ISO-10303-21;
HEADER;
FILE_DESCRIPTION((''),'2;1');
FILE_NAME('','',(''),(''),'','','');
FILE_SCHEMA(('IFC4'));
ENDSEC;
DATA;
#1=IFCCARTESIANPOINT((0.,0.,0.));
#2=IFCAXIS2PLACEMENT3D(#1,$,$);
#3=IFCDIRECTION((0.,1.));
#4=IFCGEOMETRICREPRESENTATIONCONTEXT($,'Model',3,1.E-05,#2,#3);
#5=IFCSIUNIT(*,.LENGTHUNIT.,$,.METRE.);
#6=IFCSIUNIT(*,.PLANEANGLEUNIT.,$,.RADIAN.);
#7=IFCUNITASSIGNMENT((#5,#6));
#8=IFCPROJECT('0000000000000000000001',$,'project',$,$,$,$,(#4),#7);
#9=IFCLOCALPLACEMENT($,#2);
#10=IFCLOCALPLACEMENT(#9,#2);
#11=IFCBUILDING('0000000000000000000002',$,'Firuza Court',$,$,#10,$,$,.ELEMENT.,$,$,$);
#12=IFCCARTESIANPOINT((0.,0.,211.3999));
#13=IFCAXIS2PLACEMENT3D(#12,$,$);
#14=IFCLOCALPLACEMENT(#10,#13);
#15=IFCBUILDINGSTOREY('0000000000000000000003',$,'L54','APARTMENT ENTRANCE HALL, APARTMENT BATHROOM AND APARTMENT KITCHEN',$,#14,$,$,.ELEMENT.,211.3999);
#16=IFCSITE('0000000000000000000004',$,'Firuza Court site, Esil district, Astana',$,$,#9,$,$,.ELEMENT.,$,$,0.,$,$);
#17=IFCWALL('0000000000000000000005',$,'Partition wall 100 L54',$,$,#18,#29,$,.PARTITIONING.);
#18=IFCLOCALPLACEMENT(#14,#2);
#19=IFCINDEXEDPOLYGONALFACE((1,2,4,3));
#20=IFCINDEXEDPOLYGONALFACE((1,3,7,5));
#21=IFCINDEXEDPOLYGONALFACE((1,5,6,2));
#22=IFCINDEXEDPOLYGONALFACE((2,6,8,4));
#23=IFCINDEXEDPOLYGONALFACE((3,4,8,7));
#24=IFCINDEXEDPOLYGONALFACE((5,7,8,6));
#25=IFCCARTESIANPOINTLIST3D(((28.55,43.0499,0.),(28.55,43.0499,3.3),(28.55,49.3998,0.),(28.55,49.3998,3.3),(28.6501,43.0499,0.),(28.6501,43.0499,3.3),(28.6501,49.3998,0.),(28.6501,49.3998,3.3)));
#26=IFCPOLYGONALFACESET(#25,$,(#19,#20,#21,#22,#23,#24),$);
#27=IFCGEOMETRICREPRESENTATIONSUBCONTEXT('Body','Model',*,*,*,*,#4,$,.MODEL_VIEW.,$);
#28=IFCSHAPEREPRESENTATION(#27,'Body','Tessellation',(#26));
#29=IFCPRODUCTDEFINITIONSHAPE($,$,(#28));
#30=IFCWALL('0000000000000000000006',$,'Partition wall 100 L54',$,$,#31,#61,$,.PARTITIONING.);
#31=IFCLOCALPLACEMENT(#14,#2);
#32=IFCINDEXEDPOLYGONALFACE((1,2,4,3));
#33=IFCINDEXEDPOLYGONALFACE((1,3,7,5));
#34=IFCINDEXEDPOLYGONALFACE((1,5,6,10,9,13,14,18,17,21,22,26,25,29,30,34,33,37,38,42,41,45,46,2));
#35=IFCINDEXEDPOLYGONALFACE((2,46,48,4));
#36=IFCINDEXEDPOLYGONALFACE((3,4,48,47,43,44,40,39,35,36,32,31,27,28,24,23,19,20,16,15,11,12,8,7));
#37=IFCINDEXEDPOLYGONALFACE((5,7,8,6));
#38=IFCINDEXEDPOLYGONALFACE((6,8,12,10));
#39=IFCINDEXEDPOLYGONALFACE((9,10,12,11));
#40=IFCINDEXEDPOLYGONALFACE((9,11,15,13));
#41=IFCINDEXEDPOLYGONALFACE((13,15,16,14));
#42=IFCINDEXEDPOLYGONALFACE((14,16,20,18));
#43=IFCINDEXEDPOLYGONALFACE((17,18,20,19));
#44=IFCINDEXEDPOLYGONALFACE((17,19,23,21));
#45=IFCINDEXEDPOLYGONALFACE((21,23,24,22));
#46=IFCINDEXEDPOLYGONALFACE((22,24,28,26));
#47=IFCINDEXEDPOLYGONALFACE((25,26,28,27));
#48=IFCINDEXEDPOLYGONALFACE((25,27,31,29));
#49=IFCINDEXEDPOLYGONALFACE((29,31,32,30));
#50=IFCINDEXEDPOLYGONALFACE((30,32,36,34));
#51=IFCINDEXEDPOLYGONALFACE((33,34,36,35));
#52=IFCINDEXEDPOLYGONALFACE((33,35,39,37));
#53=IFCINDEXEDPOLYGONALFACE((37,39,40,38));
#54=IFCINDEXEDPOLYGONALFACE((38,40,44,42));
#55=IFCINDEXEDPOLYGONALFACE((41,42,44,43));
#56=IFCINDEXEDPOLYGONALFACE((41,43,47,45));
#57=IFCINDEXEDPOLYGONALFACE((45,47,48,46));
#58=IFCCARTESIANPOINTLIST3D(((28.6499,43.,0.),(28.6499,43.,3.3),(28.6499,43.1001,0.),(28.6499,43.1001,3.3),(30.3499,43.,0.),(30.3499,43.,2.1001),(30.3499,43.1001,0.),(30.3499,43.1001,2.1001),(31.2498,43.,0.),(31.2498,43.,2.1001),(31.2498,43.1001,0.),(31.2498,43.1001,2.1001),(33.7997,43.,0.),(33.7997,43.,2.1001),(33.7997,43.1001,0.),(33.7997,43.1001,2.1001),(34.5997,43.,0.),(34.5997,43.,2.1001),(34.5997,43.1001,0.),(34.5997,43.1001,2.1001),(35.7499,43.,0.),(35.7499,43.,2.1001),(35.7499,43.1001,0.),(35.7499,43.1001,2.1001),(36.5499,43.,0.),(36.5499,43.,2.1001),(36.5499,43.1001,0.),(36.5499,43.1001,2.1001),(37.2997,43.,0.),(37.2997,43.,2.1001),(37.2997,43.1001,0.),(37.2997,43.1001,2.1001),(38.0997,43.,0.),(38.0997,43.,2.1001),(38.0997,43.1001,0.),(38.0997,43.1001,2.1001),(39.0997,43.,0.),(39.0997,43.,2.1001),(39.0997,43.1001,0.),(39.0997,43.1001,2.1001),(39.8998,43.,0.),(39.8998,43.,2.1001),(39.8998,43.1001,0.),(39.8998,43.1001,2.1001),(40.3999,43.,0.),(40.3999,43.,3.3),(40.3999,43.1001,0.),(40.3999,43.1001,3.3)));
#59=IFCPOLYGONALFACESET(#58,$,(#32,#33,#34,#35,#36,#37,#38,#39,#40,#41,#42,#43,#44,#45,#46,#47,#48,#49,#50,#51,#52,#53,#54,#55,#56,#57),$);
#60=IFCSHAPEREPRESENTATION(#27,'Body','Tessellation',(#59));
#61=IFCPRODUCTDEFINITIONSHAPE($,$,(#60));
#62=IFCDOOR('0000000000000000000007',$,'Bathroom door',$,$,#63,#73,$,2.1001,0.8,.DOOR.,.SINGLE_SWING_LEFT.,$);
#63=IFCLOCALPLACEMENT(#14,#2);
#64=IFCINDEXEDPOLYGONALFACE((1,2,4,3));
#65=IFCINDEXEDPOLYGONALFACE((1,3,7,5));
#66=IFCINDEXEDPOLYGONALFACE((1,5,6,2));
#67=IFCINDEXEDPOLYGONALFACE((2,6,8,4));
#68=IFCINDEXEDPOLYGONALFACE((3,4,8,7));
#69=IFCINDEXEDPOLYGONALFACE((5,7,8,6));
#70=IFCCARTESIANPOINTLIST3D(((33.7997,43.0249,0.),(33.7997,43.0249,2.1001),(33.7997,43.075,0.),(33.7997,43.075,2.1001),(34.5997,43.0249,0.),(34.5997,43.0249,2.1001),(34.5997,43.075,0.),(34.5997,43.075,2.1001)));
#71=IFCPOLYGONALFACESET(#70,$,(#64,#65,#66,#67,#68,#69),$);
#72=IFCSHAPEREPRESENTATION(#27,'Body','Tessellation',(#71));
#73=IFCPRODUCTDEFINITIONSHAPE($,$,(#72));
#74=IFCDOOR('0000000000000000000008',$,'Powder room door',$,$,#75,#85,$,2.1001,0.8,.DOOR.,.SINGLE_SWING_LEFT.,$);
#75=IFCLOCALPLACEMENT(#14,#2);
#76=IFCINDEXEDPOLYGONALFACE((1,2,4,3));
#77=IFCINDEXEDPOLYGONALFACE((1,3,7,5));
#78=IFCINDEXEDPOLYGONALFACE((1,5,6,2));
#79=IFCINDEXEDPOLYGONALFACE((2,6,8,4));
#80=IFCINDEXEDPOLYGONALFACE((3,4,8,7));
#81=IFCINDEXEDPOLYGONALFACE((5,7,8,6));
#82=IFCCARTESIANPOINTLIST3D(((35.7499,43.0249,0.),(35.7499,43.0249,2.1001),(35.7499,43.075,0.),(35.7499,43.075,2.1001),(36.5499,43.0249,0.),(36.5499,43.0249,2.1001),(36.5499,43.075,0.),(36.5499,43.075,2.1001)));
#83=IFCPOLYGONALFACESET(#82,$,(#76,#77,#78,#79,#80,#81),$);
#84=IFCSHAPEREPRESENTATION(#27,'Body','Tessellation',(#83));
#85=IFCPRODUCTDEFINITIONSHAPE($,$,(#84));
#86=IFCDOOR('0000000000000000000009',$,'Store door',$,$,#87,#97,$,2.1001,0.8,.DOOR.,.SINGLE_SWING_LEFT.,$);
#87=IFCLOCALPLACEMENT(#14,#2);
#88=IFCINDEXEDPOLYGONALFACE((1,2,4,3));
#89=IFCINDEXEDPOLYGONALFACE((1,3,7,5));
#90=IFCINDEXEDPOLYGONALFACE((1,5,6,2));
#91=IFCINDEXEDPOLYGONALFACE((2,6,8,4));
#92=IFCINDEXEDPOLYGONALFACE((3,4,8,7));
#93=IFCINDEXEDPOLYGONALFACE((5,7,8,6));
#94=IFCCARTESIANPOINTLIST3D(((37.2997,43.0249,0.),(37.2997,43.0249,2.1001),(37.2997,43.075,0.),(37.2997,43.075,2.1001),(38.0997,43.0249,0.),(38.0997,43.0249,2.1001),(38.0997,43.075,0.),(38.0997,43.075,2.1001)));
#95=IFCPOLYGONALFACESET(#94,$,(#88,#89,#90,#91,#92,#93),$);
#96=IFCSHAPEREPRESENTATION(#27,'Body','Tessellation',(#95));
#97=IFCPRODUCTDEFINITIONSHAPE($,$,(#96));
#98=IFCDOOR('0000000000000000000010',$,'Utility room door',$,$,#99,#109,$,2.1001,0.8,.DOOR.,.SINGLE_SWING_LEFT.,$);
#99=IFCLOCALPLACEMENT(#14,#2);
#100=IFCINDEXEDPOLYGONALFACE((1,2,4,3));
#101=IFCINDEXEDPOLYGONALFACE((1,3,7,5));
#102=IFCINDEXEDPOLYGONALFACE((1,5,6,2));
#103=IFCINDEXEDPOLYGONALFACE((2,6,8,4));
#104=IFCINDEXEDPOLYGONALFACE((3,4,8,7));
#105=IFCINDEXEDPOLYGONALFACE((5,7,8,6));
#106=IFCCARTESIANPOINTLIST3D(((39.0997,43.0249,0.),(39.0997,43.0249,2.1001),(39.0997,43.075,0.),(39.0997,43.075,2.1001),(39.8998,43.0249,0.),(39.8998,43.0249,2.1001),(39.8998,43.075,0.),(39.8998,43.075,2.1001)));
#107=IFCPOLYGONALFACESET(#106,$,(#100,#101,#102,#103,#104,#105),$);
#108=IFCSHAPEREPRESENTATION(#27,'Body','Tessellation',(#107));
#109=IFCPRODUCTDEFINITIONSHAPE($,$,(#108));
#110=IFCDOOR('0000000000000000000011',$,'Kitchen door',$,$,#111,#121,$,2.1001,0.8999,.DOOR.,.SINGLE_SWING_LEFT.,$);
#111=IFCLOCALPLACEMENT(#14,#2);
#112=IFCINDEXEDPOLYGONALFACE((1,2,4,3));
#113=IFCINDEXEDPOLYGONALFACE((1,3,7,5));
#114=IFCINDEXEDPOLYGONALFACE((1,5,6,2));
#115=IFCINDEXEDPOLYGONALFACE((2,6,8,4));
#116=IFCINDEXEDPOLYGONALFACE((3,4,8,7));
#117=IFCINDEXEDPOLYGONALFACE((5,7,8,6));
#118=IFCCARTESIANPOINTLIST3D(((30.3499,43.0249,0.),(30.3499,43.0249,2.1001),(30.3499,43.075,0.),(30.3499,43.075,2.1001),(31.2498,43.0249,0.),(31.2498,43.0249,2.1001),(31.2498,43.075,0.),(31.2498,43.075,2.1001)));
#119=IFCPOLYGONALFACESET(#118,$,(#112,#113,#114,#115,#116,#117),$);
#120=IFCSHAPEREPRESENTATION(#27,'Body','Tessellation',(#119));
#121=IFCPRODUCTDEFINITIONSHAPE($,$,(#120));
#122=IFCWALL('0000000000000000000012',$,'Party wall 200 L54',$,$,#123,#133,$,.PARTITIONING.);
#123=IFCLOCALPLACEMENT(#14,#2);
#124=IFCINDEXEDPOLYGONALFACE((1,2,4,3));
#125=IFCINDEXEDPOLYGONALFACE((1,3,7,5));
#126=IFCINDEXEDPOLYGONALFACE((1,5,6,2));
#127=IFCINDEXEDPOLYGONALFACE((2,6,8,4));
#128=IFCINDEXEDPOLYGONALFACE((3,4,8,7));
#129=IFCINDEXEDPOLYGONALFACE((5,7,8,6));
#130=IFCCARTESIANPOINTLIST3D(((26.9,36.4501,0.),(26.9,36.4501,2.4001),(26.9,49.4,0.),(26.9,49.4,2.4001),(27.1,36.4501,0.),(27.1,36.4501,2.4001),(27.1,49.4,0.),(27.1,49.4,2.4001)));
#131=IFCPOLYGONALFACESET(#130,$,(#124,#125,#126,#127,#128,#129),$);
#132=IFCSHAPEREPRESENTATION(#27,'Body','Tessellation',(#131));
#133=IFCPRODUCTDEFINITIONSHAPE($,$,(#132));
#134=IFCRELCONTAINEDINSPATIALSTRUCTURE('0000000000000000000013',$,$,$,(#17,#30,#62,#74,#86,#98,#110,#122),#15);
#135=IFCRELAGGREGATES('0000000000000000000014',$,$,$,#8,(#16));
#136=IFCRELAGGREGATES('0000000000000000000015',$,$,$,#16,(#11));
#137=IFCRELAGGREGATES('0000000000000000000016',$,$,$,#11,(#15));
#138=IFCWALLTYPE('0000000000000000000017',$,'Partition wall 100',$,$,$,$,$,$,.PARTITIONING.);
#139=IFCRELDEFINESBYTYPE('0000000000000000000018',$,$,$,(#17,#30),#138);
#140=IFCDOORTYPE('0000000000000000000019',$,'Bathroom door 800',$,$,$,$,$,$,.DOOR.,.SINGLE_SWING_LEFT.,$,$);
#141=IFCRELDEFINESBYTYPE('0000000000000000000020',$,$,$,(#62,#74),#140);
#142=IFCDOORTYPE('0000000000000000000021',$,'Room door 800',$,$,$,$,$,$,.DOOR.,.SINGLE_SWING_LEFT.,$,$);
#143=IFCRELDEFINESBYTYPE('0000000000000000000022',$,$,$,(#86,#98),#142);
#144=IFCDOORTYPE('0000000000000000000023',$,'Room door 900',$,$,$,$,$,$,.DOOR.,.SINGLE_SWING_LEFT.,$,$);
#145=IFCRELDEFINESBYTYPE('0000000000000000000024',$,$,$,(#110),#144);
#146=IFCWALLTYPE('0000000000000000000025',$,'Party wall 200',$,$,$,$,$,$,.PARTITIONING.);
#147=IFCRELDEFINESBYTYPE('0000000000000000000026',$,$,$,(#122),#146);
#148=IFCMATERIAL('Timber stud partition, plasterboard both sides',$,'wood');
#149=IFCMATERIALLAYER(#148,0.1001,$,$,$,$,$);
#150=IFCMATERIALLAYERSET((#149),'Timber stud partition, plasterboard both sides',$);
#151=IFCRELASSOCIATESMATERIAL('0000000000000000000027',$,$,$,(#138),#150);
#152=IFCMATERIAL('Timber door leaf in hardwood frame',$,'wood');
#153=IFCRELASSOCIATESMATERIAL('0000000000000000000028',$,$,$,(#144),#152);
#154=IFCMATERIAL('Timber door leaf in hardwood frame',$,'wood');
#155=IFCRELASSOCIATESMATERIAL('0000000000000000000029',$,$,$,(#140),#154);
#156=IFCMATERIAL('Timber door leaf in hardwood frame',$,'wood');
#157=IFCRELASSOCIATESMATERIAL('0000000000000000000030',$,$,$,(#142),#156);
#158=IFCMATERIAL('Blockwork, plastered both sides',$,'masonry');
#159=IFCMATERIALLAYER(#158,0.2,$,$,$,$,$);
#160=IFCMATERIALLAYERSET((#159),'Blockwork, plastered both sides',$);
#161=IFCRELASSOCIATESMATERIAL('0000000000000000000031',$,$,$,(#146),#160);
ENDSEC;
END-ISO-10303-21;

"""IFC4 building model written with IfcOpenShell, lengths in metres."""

from ifc_helpers import new_model, si_unit, direction, frame, frame_2d, origin, place, context, subcontext, project, spatial, rectangle, extrude, material, layer, layer_set, type_object, element, fill, save


model = new_model("IFC4")

# Units and contexts
model_context = context("Model", 3, precision=1e-05, world=origin(), true_north=direction((0.0, 1.0)))
body_context = subcontext(model_context, "Body", "Model", "MODEL_VIEW")
ifc_project = project(units=[si_unit("LENGTHUNIT", "METRE"), si_unit("PLANEANGLEUNIT", "RADIAN")], contexts=[model_context])

# Site, building, storey
site_placement = place(None, origin())
site = spatial("IfcSite", under=ifc_project, at=site_placement, Name="Firuza Court site, Esil district, Astana", CompositionType="ELEMENT", RefElevation=0.0)
building_placement = place(site_placement, origin())
building = spatial("IfcBuilding", under=site, at=building_placement, Name="Firuza Court", CompositionType="ELEMENT")
storey_placement = place(building_placement, frame((0.0, 0.0, 211.3999)))
storey = spatial("IfcBuildingStorey", under=building, at=storey_placement, Name="L54", Description="APARTMENT ENTRANCE HALL, APARTMENT BATHROOM AND APARTMENT KITCHEN", CompositionType="ELEMENT", Elevation=211.3999)

# Shared definitions
ifc_material_1 = material(Name="Timber stud partition, plasterboard both sides", Category="wood")
ifc_layer_1 = layer(ifc_material_1, 0.1001)
ifc_layer_set_1 = layer_set([ifc_layer_1], Name="Timber stud partition, plasterboard both sides")
wall_type_1 = type_object("IfcWallType", Name="Partition wall 100", PredefinedType="PARTITIONING", material=ifc_layer_set_1)
ifc_material_2 = material(Name="Timber door leaf in hardwood frame", Category="wood")
door_type_1 = type_object("IfcDoorType", Name="Room door 900", OperationType="SINGLE_SWING_LEFT", PredefinedType="DOOR", material=ifc_material_2)

# Wall
wall_1_placement = place(storey_placement, frame((28.6001, 43.05, 0.0), z_axis=(0.0, 0.0, 1.0), x_axis=(0.0, 1.0, 0.0)))
element("IfcWall", 1, at=wall_1_placement, inside=storey, type_object=wall_type_1, Name="Partition wall 100 L54", PredefinedType="PARTITIONING", context=body_context, shape_type="SweptSolid", body=[
    extrude(rectangle(XDim=6.3499, YDim=0.1001, at=frame_2d((3.1748, 0.0))), origin(), (0.0, 0.0, 1.0), 3.3),
])

# Wall, openings, doors
wall_2_placement = place(storey_placement, frame((28.6499, 43.05, 0.0), z_axis=(0.0, 0.0, 1.0), x_axis=(1.0, 0.0, 0.0)))
wall_2 = element("IfcWall", 2, at=wall_2_placement, inside=storey, type_object=wall_type_1, Name="Partition wall 100 L54", PredefinedType="PARTITIONING", context=body_context, shape_type="SweptSolid", body=[
    extrude(rectangle(XDim=11.75, YDim=0.1001, at=frame_2d((5.875, 0.0))), origin(), (0.0, 0.0, 1.0), 3.3),
])
opening_1_placement = place(wall_2_placement, frame((5.1499, 0.0, 0.0)))
opening_1 = element("IfcOpeningElement", 3, at=opening_1_placement, cuts=wall_2, PredefinedType="OPENING", context=body_context, shape_type="SweptSolid", body=[
    extrude(rectangle(XDim=0.8, YDim=2.1001, at=frame_2d((0.3999, 1.05))), frame((0.0, 0.062, 0.0), z_axis=(0.0, -1.0, 0.0), x_axis=(1.0, 0.0, 0.0)), (0.0, 0.0, 1.0), 0.124),
])
opening_2_placement = place(wall_2_placement, frame((1.7, 0.0, 0.0)))
opening_2 = element("IfcOpeningElement", 4, at=opening_2_placement, cuts=wall_2, PredefinedType="OPENING", context=body_context, shape_type="SweptSolid", body=[
    extrude(rectangle(XDim=0.8999, YDim=2.1001, at=frame_2d((0.45, 1.05))), frame((0.0, 0.062, 0.0), z_axis=(0.0, -1.0, 0.0), x_axis=(1.0, 0.0, 0.0)), (0.0, 0.0, 1.0), 0.124),
])
opening_3_placement = place(wall_2_placement, frame((8.6499, 0.0, 0.0)))
opening_3 = element("IfcOpeningElement", 5, at=opening_3_placement, cuts=wall_2, PredefinedType="OPENING", context=body_context, shape_type="SweptSolid", body=[
    extrude(rectangle(XDim=0.8, YDim=2.1001, at=frame_2d((0.3999, 1.05))), frame((0.0, 0.062, 0.0), z_axis=(0.0, -1.0, 0.0), x_axis=(1.0, 0.0, 0.0)), (0.0, 0.0, 1.0), 0.124),
])
opening_4_placement = place(wall_2_placement, frame((10.45, 0.0, 0.0)))
opening_4 = element("IfcOpeningElement", 6, at=opening_4_placement, cuts=wall_2, PredefinedType="OPENING", context=body_context, shape_type="SweptSolid", body=[
    extrude(rectangle(XDim=0.8, YDim=2.1001, at=frame_2d((0.3999, 1.05))), frame((0.0, 0.062, 0.0), z_axis=(0.0, -1.0, 0.0), x_axis=(1.0, 0.0, 0.0)), (0.0, 0.0, 1.0), 0.124),
])
opening_5_placement = place(wall_2_placement, frame((7.1001, 0.0, 0.0)))
opening_5 = element("IfcOpeningElement", 7, at=opening_5_placement, cuts=wall_2, PredefinedType="OPENING", context=body_context, shape_type="SweptSolid", body=[
    extrude(rectangle(XDim=0.8, YDim=2.1001, at=frame_2d((0.3999, 1.05))), frame((0.0, 0.062, 0.0), z_axis=(0.0, -1.0, 0.0), x_axis=(1.0, 0.0, 0.0)), (0.0, 0.0, 1.0), 0.124),
])
ifc_material_3 = material(Name="Timber door leaf in hardwood frame", Category="wood")
door_type_2 = type_object("IfcDoorType", Name="Bathroom door 800", OperationType="SINGLE_SWING_LEFT", PredefinedType="DOOR", material=ifc_material_3)
door_1_placement = place(opening_1_placement, origin())
door_1 = element("IfcDoor", 8, at=door_1_placement, inside=storey, type_object=door_type_2, Name="Bathroom door", OperationType="SINGLE_SWING_LEFT", OverallHeight=2.1001, OverallWidth=0.8, PredefinedType="DOOR", context=body_context, shape_type="SweptSolid", body=[
    extrude(rectangle(XDim=0.8, YDim=2.1001, at=frame_2d((0.3999, 1.05))), frame((0.0, 0.0249, 0.0), z_axis=(0.0, -1.0, 0.0), x_axis=(1.0, 0.0, 0.0)), (0.0, 0.0, 1.0), 0.05),
])
fill(opening_1, door_1)
door_2_placement = place(opening_5_placement, origin())
door_2 = element("IfcDoor", 9, at=door_2_placement, inside=storey, type_object=door_type_2, Name="Powder room door", OperationType="SINGLE_SWING_LEFT", OverallHeight=2.1001, OverallWidth=0.8, PredefinedType="DOOR", context=body_context, shape_type="SweptSolid", body=[
    extrude(rectangle(XDim=0.8, YDim=2.1001, at=frame_2d((0.3999, 1.05))), frame((0.0, 0.0249, 0.0), z_axis=(0.0, -1.0, 0.0), x_axis=(1.0, 0.0, 0.0)), (0.0, 0.0, 1.0), 0.05),
])
fill(opening_5, door_2)
ifc_material_4 = material(Name="Timber door leaf in hardwood frame", Category="wood")
door_type_3 = type_object("IfcDoorType", Name="Room door 800", OperationType="SINGLE_SWING_LEFT", PredefinedType="DOOR", material=ifc_material_4)
door_3_placement = place(opening_3_placement, origin())
door_3 = element("IfcDoor", 10, at=door_3_placement, inside=storey, type_object=door_type_3, Name="Store door", OperationType="SINGLE_SWING_LEFT", OverallHeight=2.1001, OverallWidth=0.8, PredefinedType="DOOR", context=body_context, shape_type="SweptSolid", body=[
    extrude(rectangle(XDim=0.8, YDim=2.1001, at=frame_2d((0.3999, 1.05))), frame((0.0, 0.0249, 0.0), z_axis=(0.0, -1.0, 0.0), x_axis=(1.0, 0.0, 0.0)), (0.0, 0.0, 1.0), 0.05),
])
fill(opening_3, door_3)
door_4_placement = place(opening_4_placement, origin())
door_4 = element("IfcDoor", 11, at=door_4_placement, inside=storey, type_object=door_type_3, Name="Utility room door", OperationType="SINGLE_SWING_LEFT", OverallHeight=2.1001, OverallWidth=0.8, PredefinedType="DOOR", context=body_context, shape_type="SweptSolid", body=[
    extrude(rectangle(XDim=0.8, YDim=2.1001, at=frame_2d((0.3999, 1.05))), frame((0.0, 0.0249, 0.0), z_axis=(0.0, -1.0, 0.0), x_axis=(1.0, 0.0, 0.0)), (0.0, 0.0, 1.0), 0.05),
])
fill(opening_4, door_4)
door_5_placement = place(opening_2_placement, origin())
door_5 = element("IfcDoor", 12, at=door_5_placement, inside=storey, type_object=door_type_1, Name="Kitchen door", OperationType="SINGLE_SWING_LEFT", OverallHeight=2.1001, OverallWidth=0.8999, PredefinedType="DOOR", context=body_context, shape_type="SweptSolid", body=[
    extrude(rectangle(XDim=0.8999, YDim=2.1001, at=frame_2d((0.45, 1.05))), frame((0.0, 0.0249, 0.0), z_axis=(0.0, -1.0, 0.0), x_axis=(1.0, 0.0, 0.0)), (0.0, 0.0, 1.0), 0.05),
])
fill(opening_2, door_5)

# Wall
ifc_material_5 = material(Name="Blockwork, plastered both sides", Category="masonry")
ifc_layer_2 = layer(ifc_material_5, 0.2)
ifc_layer_set_2 = layer_set([ifc_layer_2], Name="Blockwork, plastered both sides")
wall_type_2 = type_object("IfcWallType", Name="Party wall 200", PredefinedType="PARTITIONING", material=ifc_layer_set_2)
wall_3_placement = place(storey_placement, frame((27.0, 36.45, 0.0), z_axis=(0.0, 0.0, 1.0), x_axis=(0.0, 1.0, 0.0)))
element("IfcWall", 13, at=wall_3_placement, inside=storey, type_object=wall_type_2, Name="Party wall 200 L54", PredefinedType="PARTITIONING", context=body_context, shape_type="SweptSolid", body=[
    extrude(rectangle(XDim=12.95, YDim=0.2, at=frame_2d((6.4751, 0.0))), origin(), (0.0, 0.0, 1.0), 2.4001),
])

save(model, "model.ifc")
